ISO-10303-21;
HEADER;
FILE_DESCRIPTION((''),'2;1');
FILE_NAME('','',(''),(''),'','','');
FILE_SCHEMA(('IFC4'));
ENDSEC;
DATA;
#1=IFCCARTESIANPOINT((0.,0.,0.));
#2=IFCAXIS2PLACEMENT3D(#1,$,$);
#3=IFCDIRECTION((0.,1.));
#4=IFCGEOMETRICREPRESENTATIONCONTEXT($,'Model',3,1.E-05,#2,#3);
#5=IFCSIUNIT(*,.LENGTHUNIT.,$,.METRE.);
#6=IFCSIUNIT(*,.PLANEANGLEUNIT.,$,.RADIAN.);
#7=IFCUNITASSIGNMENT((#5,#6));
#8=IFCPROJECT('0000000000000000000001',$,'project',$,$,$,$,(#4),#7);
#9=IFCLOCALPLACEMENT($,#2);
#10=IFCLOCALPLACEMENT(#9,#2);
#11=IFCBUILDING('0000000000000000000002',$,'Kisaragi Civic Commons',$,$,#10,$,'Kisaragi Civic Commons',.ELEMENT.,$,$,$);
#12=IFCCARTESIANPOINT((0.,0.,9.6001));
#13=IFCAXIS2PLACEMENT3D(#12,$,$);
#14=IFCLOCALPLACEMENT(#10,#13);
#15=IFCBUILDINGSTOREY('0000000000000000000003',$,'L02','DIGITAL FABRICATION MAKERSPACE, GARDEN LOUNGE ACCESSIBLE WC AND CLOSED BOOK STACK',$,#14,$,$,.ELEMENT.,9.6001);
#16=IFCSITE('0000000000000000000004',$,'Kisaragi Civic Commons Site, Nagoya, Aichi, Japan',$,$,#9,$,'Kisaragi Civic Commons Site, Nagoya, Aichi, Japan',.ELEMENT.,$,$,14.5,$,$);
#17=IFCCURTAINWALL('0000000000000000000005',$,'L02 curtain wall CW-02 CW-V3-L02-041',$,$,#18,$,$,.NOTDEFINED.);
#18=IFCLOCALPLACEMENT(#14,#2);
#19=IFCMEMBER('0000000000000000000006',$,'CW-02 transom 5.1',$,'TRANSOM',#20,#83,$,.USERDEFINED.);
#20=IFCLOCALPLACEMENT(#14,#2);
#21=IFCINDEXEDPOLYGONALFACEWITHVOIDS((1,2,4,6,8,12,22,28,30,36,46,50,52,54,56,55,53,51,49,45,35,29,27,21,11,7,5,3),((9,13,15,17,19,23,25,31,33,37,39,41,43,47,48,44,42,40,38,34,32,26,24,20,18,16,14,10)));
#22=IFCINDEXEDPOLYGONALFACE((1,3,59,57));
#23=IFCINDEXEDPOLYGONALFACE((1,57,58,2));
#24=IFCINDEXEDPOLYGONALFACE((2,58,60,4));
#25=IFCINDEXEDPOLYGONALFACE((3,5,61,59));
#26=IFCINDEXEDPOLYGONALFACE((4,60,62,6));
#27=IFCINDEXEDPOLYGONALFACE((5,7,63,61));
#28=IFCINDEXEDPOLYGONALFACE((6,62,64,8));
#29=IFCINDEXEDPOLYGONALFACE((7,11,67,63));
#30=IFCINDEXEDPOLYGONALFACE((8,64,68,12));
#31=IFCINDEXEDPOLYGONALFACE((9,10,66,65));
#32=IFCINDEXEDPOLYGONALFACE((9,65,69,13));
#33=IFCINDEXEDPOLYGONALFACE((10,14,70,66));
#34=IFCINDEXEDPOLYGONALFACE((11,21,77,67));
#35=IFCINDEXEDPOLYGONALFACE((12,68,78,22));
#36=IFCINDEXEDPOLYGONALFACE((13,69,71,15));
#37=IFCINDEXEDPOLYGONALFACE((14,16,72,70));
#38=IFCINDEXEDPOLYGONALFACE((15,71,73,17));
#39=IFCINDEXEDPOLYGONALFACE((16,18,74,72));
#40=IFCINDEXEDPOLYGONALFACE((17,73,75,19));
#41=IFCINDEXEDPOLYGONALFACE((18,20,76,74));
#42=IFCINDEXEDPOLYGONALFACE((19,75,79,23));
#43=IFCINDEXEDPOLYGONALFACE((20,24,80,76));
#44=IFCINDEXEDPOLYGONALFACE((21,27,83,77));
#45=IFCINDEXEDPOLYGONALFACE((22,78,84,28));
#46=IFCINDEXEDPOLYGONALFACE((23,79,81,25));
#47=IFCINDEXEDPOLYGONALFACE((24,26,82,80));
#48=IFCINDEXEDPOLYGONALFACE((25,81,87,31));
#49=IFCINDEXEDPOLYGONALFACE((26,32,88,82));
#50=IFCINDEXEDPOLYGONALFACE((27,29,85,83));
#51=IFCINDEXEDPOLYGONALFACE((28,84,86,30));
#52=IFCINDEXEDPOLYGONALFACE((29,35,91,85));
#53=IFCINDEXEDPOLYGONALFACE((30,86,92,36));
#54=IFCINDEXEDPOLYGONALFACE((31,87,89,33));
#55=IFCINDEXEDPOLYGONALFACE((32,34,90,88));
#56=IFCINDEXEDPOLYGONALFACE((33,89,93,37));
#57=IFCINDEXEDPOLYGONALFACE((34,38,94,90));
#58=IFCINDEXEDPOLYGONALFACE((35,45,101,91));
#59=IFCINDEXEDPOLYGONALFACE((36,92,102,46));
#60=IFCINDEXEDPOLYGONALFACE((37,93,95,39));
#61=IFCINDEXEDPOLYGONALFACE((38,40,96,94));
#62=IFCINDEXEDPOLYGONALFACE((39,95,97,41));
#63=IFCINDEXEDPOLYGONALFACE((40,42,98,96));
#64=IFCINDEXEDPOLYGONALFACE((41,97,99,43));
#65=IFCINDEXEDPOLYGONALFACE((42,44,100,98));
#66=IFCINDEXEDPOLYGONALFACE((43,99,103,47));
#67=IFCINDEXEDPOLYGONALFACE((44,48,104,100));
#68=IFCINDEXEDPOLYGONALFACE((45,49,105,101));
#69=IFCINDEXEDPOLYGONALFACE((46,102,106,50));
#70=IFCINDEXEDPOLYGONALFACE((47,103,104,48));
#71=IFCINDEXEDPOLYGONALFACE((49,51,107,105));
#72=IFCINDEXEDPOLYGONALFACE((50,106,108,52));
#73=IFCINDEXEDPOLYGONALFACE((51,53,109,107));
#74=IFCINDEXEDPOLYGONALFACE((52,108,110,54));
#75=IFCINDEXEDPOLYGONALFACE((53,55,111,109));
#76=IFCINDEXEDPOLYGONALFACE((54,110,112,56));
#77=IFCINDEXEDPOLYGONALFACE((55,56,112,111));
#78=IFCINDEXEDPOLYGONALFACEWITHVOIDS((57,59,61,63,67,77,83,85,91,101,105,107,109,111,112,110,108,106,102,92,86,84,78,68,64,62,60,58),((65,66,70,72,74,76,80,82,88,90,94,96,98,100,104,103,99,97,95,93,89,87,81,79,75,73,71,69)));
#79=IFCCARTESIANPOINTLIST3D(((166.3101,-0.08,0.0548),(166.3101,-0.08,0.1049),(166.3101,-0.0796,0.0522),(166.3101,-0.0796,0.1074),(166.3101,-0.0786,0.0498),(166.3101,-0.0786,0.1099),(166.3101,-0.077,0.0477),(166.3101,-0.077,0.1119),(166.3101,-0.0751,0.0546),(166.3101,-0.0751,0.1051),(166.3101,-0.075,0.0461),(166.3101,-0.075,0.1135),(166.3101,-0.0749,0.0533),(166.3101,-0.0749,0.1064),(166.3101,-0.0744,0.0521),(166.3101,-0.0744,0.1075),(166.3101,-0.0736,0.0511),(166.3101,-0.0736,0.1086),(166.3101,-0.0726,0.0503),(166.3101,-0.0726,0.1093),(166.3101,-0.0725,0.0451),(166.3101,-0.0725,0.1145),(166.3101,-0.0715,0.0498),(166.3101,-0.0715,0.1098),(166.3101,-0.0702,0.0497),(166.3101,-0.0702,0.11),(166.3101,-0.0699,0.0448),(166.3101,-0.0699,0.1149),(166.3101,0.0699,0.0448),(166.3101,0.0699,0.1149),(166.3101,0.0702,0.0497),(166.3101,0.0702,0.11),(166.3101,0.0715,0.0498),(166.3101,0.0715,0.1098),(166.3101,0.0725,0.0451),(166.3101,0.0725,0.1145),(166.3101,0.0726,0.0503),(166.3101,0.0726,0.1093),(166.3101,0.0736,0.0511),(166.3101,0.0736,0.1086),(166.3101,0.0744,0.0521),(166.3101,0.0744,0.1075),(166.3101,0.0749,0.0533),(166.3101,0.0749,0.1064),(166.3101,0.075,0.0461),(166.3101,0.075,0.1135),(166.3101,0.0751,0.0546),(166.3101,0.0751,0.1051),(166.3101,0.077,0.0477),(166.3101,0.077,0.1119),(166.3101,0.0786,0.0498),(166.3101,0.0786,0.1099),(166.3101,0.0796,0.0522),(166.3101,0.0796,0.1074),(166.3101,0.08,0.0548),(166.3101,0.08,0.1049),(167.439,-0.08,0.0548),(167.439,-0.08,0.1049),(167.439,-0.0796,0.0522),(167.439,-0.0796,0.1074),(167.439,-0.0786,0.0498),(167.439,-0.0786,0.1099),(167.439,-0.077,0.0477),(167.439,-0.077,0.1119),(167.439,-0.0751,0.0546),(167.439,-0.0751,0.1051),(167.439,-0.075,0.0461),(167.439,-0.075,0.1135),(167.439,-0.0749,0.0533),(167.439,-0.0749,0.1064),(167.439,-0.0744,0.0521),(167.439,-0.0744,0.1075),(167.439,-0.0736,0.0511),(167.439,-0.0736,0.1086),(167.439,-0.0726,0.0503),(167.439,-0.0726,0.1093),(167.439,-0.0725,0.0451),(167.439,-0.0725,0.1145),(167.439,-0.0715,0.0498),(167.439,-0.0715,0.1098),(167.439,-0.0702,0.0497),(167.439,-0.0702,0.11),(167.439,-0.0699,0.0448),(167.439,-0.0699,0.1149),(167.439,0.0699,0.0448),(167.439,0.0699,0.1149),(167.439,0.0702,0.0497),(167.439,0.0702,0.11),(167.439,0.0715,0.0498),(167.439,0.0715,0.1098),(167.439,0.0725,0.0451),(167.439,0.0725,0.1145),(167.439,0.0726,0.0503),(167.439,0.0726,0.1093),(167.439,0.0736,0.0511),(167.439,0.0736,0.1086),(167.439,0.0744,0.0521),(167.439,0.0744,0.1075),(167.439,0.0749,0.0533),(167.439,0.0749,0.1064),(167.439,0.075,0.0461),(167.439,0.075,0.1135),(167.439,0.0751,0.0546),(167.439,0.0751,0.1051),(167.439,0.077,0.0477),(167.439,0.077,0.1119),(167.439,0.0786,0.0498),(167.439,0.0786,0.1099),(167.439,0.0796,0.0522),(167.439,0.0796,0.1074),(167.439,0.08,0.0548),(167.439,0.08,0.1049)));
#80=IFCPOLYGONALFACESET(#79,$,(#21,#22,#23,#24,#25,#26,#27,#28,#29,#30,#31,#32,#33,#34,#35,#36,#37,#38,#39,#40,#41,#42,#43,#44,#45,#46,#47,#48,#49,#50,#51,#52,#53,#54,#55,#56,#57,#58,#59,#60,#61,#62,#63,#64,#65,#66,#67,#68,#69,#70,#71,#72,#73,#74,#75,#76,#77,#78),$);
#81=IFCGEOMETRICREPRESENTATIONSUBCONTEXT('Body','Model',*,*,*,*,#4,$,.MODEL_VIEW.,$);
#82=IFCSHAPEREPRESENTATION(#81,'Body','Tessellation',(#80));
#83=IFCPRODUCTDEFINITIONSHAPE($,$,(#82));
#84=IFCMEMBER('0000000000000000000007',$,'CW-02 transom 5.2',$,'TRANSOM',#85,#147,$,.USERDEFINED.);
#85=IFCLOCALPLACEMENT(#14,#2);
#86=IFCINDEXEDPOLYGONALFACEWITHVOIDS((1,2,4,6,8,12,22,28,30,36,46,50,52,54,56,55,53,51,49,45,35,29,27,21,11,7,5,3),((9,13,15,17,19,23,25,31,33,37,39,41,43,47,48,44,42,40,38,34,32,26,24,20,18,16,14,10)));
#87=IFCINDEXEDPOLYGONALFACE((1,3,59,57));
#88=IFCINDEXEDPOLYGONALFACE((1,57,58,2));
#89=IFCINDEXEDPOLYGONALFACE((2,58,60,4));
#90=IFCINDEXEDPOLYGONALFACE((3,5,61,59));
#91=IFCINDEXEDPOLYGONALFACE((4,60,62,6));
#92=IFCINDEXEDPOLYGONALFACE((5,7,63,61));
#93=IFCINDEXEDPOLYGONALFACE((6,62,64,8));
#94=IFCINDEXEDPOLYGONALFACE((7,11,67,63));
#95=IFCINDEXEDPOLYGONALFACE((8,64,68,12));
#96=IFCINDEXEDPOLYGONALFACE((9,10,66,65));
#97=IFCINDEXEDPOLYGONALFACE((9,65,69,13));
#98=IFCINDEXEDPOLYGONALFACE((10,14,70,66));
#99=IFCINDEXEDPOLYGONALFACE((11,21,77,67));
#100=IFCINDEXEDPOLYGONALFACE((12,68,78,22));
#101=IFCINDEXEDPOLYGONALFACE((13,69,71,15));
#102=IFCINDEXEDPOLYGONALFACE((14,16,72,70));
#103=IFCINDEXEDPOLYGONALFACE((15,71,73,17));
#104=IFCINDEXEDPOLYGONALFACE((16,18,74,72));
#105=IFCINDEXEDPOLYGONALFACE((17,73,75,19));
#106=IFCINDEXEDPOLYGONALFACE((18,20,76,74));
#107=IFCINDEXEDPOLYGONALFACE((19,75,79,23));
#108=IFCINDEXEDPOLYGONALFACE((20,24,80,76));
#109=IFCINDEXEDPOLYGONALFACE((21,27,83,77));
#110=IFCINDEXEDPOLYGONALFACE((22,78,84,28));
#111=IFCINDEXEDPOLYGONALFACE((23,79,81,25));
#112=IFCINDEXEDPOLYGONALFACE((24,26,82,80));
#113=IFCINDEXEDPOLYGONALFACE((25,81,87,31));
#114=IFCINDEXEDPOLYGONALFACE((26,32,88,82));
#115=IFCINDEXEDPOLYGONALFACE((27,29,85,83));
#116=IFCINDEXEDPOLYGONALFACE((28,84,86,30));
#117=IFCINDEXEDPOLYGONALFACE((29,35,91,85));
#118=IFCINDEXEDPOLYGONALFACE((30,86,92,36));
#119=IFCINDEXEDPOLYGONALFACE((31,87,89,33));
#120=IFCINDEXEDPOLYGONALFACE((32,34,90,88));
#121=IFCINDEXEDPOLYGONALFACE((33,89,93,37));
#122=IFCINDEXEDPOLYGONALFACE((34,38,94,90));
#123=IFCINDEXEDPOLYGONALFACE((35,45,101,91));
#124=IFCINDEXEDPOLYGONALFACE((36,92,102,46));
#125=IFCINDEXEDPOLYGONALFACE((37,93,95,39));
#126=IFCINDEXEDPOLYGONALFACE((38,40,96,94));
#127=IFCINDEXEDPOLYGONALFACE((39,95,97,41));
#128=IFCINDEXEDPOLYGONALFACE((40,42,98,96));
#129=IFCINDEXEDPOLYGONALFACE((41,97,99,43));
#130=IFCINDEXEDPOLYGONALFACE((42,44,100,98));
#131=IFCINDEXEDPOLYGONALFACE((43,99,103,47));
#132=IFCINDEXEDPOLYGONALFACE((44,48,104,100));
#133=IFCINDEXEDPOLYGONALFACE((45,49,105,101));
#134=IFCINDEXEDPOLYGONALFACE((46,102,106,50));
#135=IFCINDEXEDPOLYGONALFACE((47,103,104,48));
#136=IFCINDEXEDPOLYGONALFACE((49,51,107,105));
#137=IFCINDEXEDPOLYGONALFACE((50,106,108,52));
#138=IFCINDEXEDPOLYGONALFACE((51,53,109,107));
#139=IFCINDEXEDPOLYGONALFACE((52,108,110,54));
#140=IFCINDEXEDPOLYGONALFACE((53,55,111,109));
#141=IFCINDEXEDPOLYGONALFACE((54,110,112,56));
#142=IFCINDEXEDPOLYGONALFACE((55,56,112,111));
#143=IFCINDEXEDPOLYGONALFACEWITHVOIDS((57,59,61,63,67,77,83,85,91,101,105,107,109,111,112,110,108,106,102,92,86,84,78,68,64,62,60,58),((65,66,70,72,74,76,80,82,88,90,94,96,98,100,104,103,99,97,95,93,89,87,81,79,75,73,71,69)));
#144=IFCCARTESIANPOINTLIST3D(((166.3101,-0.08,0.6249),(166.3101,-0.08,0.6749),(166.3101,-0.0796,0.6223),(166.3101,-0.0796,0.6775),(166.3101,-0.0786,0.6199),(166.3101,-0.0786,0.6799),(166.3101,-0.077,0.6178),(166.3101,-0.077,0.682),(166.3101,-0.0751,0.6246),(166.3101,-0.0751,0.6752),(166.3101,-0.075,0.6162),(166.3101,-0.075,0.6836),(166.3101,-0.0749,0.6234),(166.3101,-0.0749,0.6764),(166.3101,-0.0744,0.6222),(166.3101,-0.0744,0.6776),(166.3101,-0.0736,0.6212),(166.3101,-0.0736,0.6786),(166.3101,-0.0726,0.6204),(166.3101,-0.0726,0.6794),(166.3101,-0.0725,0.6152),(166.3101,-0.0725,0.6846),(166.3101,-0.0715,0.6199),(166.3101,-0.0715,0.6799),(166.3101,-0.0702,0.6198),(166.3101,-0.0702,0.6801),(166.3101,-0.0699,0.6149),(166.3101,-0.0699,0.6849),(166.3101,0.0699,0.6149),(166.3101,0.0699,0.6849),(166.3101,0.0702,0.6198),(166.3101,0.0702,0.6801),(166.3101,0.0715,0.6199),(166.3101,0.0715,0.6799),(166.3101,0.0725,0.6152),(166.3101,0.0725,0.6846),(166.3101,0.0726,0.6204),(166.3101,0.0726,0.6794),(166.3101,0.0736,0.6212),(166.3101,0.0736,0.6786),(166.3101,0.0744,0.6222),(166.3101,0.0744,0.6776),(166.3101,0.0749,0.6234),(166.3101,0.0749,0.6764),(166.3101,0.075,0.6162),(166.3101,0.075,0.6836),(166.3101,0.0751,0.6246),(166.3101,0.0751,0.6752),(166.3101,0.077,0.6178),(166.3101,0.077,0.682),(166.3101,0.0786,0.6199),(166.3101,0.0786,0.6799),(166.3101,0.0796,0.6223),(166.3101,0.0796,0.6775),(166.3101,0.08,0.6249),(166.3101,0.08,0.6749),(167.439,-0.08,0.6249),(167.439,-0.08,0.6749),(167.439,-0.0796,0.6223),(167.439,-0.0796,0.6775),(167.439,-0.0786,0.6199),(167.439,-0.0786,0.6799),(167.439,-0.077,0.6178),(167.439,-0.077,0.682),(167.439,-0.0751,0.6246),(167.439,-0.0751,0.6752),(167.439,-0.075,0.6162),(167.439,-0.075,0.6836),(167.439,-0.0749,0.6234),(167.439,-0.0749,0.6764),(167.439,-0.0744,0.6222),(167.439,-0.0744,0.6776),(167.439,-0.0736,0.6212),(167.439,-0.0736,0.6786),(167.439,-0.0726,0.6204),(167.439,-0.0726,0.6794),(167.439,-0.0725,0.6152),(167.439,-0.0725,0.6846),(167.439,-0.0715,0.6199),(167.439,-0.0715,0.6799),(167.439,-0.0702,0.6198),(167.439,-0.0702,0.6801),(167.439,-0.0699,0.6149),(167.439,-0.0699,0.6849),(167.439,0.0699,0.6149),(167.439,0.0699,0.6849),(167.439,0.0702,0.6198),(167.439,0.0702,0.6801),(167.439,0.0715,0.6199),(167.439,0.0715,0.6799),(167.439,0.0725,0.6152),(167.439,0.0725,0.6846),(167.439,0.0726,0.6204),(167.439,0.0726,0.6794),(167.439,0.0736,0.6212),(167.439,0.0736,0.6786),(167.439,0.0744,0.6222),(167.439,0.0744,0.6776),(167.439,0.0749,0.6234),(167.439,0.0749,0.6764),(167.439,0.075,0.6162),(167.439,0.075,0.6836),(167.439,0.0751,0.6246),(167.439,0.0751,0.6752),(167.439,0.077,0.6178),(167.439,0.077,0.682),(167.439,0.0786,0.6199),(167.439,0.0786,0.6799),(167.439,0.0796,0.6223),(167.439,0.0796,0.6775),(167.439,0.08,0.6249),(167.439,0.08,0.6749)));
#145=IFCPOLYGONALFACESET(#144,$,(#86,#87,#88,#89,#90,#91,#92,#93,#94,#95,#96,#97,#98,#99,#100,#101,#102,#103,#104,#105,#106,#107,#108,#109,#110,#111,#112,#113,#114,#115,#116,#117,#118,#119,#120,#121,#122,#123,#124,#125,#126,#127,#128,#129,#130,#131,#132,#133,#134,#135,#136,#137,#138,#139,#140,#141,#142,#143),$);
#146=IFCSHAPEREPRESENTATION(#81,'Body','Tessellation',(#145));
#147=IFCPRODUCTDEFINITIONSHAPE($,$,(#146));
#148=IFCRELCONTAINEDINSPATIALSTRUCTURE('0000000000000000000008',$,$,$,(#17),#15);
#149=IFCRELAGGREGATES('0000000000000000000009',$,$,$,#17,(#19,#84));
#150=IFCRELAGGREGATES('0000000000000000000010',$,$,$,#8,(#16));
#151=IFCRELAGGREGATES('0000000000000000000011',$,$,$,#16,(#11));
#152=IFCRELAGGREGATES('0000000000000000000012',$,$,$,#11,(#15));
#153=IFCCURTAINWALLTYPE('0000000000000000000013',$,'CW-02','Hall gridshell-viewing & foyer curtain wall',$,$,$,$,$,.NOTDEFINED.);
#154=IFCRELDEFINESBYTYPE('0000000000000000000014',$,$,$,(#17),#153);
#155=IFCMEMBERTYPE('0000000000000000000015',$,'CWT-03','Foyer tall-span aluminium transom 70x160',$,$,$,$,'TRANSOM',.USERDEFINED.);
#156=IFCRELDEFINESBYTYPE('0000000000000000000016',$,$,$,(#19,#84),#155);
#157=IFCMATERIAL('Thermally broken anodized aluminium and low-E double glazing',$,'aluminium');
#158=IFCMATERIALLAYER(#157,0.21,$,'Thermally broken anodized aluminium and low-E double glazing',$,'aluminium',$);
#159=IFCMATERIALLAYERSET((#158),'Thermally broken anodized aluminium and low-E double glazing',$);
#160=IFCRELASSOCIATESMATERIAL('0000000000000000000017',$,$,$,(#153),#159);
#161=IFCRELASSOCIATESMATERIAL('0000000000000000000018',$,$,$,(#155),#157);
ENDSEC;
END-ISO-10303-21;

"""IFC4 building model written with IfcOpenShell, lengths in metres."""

from ifc_helpers import new_model, si_unit, direction, frame, origin, origin_2d, place, context, subcontext, project, spatial, hollow_rectangle, extrude, material, layer, layer_set, material_profile, profile_set, type_object, element, aggregate, save


model = new_model("IFC4")

# Units and contexts
model_context = context("Model", 3, precision=1e-05, world=origin(), true_north=direction((0.0, 1.0)))
body_context = subcontext(model_context, "Body", "Model", "MODEL_VIEW")
ifc_project = project(units=[si_unit("LENGTHUNIT", "METRE"), si_unit("PLANEANGLEUNIT", "RADIAN")], contexts=[model_context])

# Site, building, storey
site_placement = place(None, origin())
site = spatial("IfcSite", under=ifc_project, at=site_placement, Name="Kisaragi Civic Commons Site, Nagoya, Aichi, Japan", LongName="Kisaragi Civic Commons Site, Nagoya, Aichi, Japan", CompositionType="ELEMENT", RefElevation=14.5)
building_placement = place(site_placement, origin())
building = spatial("IfcBuilding", under=site, at=building_placement, Name="Kisaragi Civic Commons", LongName="Kisaragi Civic Commons", CompositionType="ELEMENT")
storey_placement = place(building_placement, frame((0.0, 0.0, 9.6001)))
storey = spatial("IfcBuildingStorey", under=building, at=storey_placement, Name="L02", Description="DIGITAL FABRICATION MAKERSPACE, GARDEN LOUNGE ACCESSIBLE WC AND CLOSED BOOK STACK", CompositionType="ELEMENT", Elevation=9.6001)

# Curtain wall
ifc_material_1 = material(Name="Thermally broken anodized aluminium and low-E double glazing", Category="aluminium")
ifc_layer_1 = layer(ifc_material_1, 0.21, Name="Thermally broken anodized aluminium and low-E double glazing", Category="aluminium")
ifc_layer_set_1 = layer_set([ifc_layer_1], Name="Thermally broken anodized aluminium and low-E double glazing")
curtain_wall_type = type_object("IfcCurtainWallType", Name="CW-02", Description="Hall gridshell-viewing & foyer curtain wall", PredefinedType="NOTDEFINED", material=ifc_layer_set_1)
curtain_wall_1_placement = place(storey_placement, origin())
curtain_wall_1 = element("IfcCurtainWall", 1, at=curtain_wall_1_placement, inside=storey, type_object=curtain_wall_type, Name="L02 curtain wall CW-02 CW-V3-L02-041", PredefinedType="NOTDEFINED")

# Members
ifc_material_profile_1 = material_profile(ifc_material_1, hollow_rectangle(XDim=0.1599, YDim=0.0701, WallThickness=0.0049, InnerFilletRadius=0.0049, OuterFilletRadius=0.01, at=origin_2d()), Name="CWT-70x160x5", Category="aluminium")
ifc_profile_set_1 = profile_set([ifc_material_profile_1], Name="Thermally broken anodized aluminium and low-E double glazing")
member_type_1 = type_object("IfcMemberType", Name="CWT-03", Description="Foyer tall-span aluminium transom 70x160", ElementType="TRANSOM", PredefinedType="USERDEFINED", material=ifc_profile_set_1)
member_1_placement = place(storey_placement, frame((167.439, 0.0, 0.0798), z_axis=(-1.0, 0.0, 0.0), x_axis=(0.0, -1.0, 0.0)))
member_1 = element("IfcMember", 2, at=member_1_placement, type_object=member_type_1, Name="CW-02 transom 5.1", ObjectType="TRANSOM", PredefinedType="USERDEFINED", context=body_context, shape_type="SweptSolid", body=[
    extrude(hollow_rectangle(XDim=0.1599, YDim=0.0701, WallThickness=0.0049, InnerFilletRadius=0.0049, OuterFilletRadius=0.01, at=origin_2d()), origin(), (0.0, 0.0, 1.0), 1.1289),
])
member_2_placement = place(storey_placement, frame((167.439, 0.0, 0.6499), z_axis=(-1.0, 0.0, 0.0), x_axis=(0.0, -1.0, 0.0)))
member_2 = element("IfcMember", 3, at=member_2_placement, type_object=member_type_1, Name="CW-02 transom 5.2", ObjectType="TRANSOM", PredefinedType="USERDEFINED", context=body_context, shape_type="SweptSolid", body=[
    extrude(hollow_rectangle(XDim=0.1599, YDim=0.0701, WallThickness=0.0049, InnerFilletRadius=0.0049, OuterFilletRadius=0.01, at=origin_2d()), origin(), (0.0, 0.0, 1.0), 1.1289),
])

aggregate(curtain_wall_1, [member_1, member_2])

save(model, "model.ifc")
